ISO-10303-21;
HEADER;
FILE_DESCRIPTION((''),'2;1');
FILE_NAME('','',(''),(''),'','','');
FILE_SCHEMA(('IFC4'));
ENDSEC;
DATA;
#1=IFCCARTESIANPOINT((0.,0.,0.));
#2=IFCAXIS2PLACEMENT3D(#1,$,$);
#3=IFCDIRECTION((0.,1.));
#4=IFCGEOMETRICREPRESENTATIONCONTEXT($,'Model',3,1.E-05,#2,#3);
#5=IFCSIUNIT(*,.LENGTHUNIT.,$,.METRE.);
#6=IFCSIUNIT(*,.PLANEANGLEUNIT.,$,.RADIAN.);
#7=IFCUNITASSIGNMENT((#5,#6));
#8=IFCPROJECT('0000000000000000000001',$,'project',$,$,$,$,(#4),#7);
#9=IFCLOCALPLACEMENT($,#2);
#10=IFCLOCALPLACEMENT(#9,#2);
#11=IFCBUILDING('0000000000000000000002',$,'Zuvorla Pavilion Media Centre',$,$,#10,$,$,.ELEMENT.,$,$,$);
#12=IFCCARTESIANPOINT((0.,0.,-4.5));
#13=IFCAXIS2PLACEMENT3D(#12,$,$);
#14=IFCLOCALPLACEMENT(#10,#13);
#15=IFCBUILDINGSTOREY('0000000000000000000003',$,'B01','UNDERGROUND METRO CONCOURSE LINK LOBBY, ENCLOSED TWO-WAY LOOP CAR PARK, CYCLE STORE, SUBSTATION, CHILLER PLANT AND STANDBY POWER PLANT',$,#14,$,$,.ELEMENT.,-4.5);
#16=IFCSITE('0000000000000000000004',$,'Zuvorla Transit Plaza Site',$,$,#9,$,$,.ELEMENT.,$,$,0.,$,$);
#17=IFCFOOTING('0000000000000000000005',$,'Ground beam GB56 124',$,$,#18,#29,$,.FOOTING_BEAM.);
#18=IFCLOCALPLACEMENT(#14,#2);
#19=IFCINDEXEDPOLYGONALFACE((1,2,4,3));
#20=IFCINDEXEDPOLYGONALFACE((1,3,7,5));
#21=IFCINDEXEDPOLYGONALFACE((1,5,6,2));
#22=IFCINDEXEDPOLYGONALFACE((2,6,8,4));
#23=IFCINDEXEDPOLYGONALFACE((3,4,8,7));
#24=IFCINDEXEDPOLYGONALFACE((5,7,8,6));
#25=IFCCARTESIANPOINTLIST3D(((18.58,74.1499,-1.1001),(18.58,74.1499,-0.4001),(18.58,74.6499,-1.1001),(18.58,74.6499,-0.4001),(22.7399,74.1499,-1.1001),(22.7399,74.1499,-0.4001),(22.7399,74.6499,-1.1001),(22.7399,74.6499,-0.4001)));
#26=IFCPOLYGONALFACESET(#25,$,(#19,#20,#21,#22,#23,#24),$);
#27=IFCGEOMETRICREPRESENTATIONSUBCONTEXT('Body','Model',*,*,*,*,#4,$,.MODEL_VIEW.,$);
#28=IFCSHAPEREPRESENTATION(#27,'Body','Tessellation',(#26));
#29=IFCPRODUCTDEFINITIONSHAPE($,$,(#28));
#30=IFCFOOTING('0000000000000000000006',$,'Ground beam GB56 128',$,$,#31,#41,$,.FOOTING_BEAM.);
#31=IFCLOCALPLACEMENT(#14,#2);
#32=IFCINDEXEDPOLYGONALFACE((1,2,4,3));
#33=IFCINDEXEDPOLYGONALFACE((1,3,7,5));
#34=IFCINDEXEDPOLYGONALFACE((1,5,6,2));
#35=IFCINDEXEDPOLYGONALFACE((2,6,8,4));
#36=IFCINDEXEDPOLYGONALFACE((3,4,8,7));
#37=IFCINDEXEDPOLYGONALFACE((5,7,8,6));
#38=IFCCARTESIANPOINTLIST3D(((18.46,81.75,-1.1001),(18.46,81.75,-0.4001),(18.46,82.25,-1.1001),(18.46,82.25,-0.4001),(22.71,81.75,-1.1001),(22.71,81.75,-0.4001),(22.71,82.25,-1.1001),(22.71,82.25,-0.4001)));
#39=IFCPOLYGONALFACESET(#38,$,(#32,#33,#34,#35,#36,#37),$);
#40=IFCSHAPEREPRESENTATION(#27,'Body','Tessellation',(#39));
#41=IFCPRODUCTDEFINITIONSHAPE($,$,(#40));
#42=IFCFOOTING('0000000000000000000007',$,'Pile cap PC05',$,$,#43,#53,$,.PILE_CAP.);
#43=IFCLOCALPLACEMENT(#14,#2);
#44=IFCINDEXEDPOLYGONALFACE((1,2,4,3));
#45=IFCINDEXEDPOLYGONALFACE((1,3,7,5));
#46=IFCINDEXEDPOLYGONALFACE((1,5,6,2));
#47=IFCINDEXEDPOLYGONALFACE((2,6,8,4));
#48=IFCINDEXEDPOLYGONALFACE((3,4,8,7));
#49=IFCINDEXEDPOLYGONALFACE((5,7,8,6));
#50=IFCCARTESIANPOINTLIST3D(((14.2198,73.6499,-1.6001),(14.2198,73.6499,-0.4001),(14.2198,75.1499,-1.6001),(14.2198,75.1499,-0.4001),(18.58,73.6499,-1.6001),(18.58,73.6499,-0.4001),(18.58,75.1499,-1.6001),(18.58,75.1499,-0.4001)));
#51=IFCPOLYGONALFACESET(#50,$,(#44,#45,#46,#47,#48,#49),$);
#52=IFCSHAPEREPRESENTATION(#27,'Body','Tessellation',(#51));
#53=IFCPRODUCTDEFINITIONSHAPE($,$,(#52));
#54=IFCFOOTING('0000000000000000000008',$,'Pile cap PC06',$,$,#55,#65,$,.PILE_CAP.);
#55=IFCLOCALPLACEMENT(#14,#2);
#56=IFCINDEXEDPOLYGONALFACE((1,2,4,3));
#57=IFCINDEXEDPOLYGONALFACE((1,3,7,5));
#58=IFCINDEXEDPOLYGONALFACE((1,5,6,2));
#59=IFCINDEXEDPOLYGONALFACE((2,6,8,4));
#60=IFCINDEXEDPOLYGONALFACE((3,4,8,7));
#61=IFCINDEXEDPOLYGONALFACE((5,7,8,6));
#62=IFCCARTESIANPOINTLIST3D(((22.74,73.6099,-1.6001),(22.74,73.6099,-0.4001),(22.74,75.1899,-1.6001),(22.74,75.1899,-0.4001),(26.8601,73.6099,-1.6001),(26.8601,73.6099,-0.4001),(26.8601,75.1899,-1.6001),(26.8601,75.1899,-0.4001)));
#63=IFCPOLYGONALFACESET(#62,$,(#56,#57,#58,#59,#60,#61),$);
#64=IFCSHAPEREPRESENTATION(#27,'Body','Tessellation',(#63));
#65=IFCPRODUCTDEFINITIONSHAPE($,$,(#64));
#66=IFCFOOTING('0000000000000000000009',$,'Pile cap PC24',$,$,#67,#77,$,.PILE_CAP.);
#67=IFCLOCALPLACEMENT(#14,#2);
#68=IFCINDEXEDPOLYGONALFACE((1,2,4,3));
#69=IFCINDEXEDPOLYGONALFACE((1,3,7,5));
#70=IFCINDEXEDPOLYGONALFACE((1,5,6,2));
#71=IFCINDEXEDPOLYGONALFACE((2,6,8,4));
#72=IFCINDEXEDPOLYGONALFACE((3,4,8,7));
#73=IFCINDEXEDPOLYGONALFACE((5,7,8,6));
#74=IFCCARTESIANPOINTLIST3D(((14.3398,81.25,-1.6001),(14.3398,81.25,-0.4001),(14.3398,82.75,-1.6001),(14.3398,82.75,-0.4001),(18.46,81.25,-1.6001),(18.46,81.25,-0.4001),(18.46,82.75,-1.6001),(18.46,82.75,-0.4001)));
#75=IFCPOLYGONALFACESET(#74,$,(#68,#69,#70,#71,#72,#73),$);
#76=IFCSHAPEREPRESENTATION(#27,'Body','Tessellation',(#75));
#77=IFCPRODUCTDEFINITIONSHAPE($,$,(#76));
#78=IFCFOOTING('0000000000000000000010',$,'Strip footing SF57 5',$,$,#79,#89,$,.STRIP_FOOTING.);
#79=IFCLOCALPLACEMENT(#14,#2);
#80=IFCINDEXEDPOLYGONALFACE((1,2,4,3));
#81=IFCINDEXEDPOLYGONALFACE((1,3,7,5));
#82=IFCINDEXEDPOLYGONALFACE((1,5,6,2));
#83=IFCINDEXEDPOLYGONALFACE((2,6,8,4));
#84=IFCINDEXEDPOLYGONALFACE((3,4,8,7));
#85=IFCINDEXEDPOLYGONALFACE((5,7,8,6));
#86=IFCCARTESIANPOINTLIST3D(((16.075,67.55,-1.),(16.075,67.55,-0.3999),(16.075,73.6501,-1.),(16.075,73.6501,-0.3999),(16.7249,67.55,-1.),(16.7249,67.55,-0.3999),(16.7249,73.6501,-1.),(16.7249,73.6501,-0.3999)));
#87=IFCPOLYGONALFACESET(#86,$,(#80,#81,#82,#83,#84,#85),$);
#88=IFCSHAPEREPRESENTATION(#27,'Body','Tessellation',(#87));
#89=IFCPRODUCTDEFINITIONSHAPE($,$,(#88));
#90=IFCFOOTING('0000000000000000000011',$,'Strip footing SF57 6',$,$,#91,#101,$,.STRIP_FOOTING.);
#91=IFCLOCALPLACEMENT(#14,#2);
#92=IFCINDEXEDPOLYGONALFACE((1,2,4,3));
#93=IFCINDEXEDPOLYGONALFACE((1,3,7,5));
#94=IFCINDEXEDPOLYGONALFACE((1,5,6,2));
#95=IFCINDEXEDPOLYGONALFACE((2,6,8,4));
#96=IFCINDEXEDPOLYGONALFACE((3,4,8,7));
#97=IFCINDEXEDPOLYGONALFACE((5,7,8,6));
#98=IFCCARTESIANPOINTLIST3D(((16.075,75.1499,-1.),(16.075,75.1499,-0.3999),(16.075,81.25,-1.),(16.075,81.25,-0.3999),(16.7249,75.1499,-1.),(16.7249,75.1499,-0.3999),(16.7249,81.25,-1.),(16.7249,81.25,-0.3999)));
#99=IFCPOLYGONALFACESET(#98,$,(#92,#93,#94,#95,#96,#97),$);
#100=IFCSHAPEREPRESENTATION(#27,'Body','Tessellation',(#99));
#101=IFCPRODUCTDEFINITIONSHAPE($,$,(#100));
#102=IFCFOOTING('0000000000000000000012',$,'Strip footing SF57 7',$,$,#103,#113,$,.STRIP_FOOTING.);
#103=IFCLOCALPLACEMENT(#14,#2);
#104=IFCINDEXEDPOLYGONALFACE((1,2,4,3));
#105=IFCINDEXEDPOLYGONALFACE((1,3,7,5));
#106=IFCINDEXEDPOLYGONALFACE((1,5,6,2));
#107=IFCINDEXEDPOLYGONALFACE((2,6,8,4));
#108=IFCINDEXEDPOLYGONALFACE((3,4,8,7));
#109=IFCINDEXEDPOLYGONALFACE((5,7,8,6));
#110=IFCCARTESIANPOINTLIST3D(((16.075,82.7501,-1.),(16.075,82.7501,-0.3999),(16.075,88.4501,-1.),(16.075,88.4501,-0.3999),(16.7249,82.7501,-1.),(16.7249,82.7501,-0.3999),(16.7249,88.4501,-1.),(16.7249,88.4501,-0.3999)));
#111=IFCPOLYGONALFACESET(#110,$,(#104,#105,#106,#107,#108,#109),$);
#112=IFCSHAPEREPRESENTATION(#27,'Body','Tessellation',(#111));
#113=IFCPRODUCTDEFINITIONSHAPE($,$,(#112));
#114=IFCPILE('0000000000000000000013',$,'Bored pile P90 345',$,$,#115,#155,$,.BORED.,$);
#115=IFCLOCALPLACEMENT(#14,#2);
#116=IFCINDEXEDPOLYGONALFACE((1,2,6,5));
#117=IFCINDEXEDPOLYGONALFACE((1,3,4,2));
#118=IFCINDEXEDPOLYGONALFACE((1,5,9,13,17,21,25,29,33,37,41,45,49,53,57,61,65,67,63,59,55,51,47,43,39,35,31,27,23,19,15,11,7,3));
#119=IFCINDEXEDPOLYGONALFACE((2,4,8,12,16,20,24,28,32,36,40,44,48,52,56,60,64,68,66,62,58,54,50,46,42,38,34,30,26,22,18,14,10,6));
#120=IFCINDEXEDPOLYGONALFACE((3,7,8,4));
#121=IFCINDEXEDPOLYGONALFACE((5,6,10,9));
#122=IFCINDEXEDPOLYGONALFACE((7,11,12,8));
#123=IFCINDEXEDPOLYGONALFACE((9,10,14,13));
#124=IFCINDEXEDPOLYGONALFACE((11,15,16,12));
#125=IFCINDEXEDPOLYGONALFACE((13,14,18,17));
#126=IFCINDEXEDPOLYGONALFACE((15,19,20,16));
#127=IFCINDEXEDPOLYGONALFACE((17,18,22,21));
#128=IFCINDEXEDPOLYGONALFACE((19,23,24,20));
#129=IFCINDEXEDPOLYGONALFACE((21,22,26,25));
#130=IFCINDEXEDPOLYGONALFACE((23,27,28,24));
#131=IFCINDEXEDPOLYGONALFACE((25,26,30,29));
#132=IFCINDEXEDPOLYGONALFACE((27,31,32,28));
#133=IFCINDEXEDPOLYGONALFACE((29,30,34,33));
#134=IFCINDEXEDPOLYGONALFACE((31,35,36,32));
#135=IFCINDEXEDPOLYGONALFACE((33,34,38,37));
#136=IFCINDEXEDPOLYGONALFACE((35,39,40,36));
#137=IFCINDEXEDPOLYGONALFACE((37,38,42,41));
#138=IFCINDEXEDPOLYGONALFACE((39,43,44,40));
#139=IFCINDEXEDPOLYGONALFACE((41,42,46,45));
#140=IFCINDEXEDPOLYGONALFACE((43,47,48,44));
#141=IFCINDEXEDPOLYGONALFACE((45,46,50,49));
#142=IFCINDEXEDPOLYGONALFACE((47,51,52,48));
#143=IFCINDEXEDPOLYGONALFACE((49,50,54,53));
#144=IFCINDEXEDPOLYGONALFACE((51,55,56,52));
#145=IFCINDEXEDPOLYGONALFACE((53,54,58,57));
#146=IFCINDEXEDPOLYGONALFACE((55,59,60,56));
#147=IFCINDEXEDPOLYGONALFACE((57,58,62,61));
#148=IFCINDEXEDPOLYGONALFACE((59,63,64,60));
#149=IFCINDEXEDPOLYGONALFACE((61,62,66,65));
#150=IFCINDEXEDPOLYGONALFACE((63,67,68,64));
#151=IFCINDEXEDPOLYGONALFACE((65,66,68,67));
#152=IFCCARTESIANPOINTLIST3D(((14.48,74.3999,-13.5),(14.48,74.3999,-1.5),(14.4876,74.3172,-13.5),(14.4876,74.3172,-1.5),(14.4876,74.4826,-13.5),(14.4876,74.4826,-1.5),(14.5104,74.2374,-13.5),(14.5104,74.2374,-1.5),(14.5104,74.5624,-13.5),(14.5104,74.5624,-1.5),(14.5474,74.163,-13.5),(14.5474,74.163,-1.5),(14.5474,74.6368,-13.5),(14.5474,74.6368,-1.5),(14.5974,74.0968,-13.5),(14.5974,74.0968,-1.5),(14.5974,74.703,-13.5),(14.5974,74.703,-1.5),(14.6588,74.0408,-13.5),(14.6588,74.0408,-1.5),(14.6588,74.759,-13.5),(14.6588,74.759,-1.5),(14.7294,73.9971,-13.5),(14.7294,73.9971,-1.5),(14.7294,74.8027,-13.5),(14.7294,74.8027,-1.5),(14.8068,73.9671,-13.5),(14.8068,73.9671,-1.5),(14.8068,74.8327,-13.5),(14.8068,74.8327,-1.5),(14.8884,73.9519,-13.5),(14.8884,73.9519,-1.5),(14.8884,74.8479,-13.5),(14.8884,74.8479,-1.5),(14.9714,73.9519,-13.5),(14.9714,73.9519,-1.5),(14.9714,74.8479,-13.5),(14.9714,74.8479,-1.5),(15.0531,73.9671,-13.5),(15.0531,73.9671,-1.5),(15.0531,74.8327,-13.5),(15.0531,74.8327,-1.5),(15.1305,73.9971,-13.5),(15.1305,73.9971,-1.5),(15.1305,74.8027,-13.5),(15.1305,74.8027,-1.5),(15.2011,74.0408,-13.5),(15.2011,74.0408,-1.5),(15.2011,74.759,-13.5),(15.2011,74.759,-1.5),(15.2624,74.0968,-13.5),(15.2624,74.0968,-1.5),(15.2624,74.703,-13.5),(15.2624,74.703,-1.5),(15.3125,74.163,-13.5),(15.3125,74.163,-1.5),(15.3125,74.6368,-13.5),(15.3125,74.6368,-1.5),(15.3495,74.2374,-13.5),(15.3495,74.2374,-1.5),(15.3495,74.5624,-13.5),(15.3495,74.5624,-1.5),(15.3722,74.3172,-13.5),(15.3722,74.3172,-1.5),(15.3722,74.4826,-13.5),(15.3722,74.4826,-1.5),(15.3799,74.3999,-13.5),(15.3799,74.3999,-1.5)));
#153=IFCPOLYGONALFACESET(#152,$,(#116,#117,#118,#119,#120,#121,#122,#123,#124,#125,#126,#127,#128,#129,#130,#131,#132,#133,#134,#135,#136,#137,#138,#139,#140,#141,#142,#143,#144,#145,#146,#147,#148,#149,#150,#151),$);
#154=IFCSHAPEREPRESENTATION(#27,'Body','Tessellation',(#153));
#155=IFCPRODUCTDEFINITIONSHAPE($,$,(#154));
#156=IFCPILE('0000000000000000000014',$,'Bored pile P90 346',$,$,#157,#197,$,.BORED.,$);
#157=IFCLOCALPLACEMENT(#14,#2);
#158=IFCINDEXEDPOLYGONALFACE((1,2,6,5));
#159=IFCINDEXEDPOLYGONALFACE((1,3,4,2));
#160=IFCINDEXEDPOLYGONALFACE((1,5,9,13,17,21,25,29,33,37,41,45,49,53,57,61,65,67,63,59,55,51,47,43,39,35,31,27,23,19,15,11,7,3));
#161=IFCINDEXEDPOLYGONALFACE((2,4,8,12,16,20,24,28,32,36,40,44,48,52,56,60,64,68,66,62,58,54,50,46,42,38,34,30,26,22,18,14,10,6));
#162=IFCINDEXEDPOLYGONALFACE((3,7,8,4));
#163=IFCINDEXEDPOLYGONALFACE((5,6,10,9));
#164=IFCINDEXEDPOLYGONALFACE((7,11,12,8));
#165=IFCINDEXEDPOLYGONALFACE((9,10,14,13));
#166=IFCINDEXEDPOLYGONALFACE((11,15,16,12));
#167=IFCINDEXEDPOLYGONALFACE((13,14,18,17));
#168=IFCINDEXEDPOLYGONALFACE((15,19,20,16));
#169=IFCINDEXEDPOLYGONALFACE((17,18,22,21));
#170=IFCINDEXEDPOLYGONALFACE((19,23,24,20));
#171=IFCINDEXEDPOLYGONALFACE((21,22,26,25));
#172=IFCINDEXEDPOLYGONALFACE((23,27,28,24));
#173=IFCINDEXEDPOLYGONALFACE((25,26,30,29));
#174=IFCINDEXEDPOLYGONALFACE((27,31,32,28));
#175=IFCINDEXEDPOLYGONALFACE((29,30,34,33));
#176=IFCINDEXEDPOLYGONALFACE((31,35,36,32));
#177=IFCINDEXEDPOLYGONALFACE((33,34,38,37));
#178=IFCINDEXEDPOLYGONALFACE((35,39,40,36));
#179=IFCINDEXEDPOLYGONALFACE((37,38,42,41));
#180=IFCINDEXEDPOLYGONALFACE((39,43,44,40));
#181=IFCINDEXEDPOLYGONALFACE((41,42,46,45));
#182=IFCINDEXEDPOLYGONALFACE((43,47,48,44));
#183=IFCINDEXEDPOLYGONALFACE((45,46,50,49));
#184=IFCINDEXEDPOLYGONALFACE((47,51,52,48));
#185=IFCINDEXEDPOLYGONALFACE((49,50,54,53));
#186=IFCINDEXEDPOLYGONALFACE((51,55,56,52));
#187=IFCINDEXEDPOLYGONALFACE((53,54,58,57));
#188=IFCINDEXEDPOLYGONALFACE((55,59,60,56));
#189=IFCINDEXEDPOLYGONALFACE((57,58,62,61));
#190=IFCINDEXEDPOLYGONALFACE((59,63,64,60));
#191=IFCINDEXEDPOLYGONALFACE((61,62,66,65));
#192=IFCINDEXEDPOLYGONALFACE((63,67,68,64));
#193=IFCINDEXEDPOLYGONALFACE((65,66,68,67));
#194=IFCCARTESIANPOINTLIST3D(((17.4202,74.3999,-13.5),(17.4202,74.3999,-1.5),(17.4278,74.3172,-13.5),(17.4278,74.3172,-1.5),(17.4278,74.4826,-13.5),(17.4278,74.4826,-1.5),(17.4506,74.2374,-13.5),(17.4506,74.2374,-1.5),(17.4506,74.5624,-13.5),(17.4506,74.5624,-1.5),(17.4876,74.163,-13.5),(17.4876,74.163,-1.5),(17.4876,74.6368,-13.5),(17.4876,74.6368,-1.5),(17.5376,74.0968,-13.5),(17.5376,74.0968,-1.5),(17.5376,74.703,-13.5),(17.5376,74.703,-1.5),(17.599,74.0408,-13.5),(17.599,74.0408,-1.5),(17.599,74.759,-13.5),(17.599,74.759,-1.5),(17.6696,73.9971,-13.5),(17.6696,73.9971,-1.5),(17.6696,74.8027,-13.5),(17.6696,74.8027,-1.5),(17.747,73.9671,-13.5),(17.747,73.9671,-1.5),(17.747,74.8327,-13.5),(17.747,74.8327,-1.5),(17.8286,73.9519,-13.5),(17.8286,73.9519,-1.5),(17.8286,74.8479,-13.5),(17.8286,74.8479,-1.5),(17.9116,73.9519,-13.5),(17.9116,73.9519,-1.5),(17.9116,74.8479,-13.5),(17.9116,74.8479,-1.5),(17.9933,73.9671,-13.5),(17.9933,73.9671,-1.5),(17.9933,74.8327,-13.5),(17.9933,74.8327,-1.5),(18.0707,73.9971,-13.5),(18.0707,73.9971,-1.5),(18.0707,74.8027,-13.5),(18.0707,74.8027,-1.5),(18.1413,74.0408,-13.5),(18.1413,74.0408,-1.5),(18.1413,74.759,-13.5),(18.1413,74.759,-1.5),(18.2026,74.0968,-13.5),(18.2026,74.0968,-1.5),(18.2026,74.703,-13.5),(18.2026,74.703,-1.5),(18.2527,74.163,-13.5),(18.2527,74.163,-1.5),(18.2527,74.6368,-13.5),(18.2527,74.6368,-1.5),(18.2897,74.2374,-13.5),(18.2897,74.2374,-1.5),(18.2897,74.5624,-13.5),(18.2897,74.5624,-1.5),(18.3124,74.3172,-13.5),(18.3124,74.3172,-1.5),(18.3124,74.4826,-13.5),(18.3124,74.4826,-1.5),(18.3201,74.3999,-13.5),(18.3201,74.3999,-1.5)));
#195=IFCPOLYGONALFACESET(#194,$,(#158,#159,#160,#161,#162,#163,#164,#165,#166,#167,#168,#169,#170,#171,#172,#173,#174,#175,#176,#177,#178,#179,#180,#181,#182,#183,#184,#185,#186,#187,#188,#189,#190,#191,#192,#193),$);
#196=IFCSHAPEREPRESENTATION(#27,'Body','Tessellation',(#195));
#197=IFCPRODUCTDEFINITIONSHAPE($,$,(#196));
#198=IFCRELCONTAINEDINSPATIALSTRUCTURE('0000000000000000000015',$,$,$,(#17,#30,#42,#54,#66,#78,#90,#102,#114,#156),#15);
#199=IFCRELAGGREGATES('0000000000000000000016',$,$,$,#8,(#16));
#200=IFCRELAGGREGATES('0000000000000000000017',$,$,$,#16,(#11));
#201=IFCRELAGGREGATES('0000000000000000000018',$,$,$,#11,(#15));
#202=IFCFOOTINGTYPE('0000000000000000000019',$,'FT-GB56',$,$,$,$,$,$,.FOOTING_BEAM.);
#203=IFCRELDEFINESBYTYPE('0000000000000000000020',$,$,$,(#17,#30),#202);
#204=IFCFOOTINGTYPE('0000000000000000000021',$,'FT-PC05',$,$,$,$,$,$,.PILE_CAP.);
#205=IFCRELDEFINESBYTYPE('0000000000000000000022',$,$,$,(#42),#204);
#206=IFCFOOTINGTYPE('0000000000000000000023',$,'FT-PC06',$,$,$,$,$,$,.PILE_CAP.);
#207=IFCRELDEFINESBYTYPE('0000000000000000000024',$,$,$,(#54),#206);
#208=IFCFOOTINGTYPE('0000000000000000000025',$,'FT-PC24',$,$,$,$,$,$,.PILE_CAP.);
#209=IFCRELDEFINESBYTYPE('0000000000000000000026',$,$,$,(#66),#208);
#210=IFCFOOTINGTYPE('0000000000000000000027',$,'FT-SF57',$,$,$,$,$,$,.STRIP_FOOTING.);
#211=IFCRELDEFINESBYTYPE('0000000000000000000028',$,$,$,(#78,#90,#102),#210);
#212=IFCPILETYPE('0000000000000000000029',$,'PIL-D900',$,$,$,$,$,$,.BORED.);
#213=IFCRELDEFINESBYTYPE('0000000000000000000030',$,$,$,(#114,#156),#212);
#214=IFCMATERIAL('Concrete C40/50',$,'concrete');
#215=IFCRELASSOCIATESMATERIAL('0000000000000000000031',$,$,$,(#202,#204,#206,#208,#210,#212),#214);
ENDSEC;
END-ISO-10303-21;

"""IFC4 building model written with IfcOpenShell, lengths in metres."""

from ifc_helpers import new_model, si_unit, direction, frame, origin, origin_2d, place, context, subcontext, project, spatial, rectangle, circle, extrude, material, material_profile, profile_set, type_object, element, save


model = new_model("IFC4")

# Units and contexts
model_context = context("Model", 3, precision=1e-05, world=origin(), true_north=direction((0.0, 1.0)))
body_context = subcontext(model_context, "Body", "Model", "MODEL_VIEW")
ifc_project = project(units=[si_unit("LENGTHUNIT", "METRE"), si_unit("PLANEANGLEUNIT", "RADIAN")], contexts=[model_context])

# Site, building, storey
site_placement = place(None, origin())
site = spatial("IfcSite", under=ifc_project, at=site_placement, Name="Zuvorla Transit Plaza Site", CompositionType="ELEMENT", RefElevation=0.0)
building_placement = place(site_placement, origin())
building = spatial("IfcBuilding", under=site, at=building_placement, Name="Zuvorla Pavilion Media Centre", CompositionType="ELEMENT")
storey_placement = place(building_placement, frame((0.0, 0.0, -4.5)))
storey = spatial("IfcBuildingStorey", under=building, at=storey_placement, Name="B01", Description="UNDERGROUND METRO CONCOURSE LINK LOBBY, ENCLOSED TWO-WAY LOOP CAR PARK, CYCLE STORE, SUBSTATION, CHILLER PLANT AND STANDBY POWER PLANT", CompositionType="ELEMENT", Elevation=-4.5)

# Footings
ifc_material_1 = material(Name="Concrete C40/50", Category="concrete")
footing_type_1 = type_object("IfcFootingType", Name="FT-GB56", PredefinedType="FOOTING_BEAM", material=ifc_material_1)
footing_1_placement = place(storey_placement, frame((20.6599, 74.3999, -1.1001), z_axis=(0.0, 0.0, 1.0), x_axis=(1.0, 0.0, 0.0)))
element("IfcFooting", 1, at=footing_1_placement, inside=storey, type_object=footing_type_1, Name="Ground beam GB56 124", PredefinedType="FOOTING_BEAM", context=body_context, shape_type="SweptSolid", body=[
    extrude(rectangle(XDim=4.1599, YDim=0.5, at=origin_2d()), origin(), (0.0, 0.0, 1.0), 0.7),
])
footing_2_placement = place(storey_placement, frame((20.585, 82.0, -1.1001), z_axis=(0.0, 0.0, 1.0), x_axis=(1.0, 0.0, 0.0)))
element("IfcFooting", 2, at=footing_2_placement, inside=storey, type_object=footing_type_1, Name="Ground beam GB56 128", PredefinedType="FOOTING_BEAM", context=body_context, shape_type="SweptSolid", body=[
    extrude(rectangle(XDim=4.25, YDim=0.5, at=origin_2d()), origin(), (0.0, 0.0, 1.0), 0.7),
])
footing_type_2 = type_object("IfcFootingType", Name="FT-PC05", PredefinedType="PILE_CAP", material=ifc_material_1)
footing_3_placement = place(storey_placement, frame((16.3999, 74.3999, -1.6001), z_axis=(0.0, 0.0, 1.0), x_axis=(1.0, 0.0, 0.0)))
element("IfcFooting", 3, at=footing_3_placement, inside=storey, type_object=footing_type_2, Name="Pile cap PC05", PredefinedType="PILE_CAP", context=body_context, shape_type="SweptSolid", body=[
    extrude(rectangle(XDim=4.3601, YDim=1.5, at=origin_2d()), origin(), (0.0, 0.0, 1.0), 1.2),
])
footing_type_3 = type_object("IfcFootingType", Name="FT-PC06", PredefinedType="PILE_CAP", material=ifc_material_1)
footing_4_placement = place(storey_placement, frame((24.8, 74.3999, -1.6001), z_axis=(0.0, 0.0, 1.0), x_axis=(1.0, 0.0, 0.0)))
element("IfcFooting", 4, at=footing_4_placement, inside=storey, type_object=footing_type_3, Name="Pile cap PC06", PredefinedType="PILE_CAP", context=body_context, shape_type="SweptSolid", body=[
    extrude(rectangle(XDim=4.1201, YDim=1.5801, at=origin_2d()), origin(), (0.0, 0.0, 1.0), 1.2),
])
footing_type_4 = type_object("IfcFootingType", Name="FT-PC24", PredefinedType="PILE_CAP", material=ifc_material_1)
footing_5_placement = place(storey_placement, frame((16.3999, 82.0, -1.6001), z_axis=(0.0, 0.0, 1.0), x_axis=(1.0, 0.0, 0.0)))
element("IfcFooting", 5, at=footing_5_placement, inside=storey, type_object=footing_type_4, Name="Pile cap PC24", PredefinedType="PILE_CAP", context=body_context, shape_type="SweptSolid", body=[
    extrude(rectangle(XDim=4.1201, YDim=1.5, at=origin_2d()), origin(), (0.0, 0.0, 1.0), 1.2),
])
footing_type_5 = type_object("IfcFootingType", Name="FT-SF57", PredefinedType="STRIP_FOOTING", material=ifc_material_1)
for number, where, z_axis, x_axis, name in (
    (6, (16.3999, 70.6001, -1.0), (0.0, 0.0, 1.0), (0.0, 1.0, 0.0), "Strip footing SF57 5"),
    (7, (16.3999, 78.2, -1.0), (0.0, 0.0, 1.0), (0.0, 1.0, 0.0), "Strip footing SF57 6"),
):
    element("IfcFooting", number, at=place(storey_placement, frame(where, z_axis=z_axis, x_axis=x_axis)), inside=storey, type_object=footing_type_5, Name=name, PredefinedType="STRIP_FOOTING", context=body_context, shape_type="SweptSolid", body=[
        extrude(rectangle(XDim=6.1001, YDim=0.6499, at=origin_2d()), origin(), (0.0, 0.0, 1.0), 0.6001),
    ])
footing_6_placement = place(storey_placement, frame((16.3999, 85.6001, -1.0), z_axis=(0.0, 0.0, 1.0), x_axis=(0.0, 1.0, 0.0)))
element("IfcFooting", 8, at=footing_6_placement, inside=storey, type_object=footing_type_5, Name="Strip footing SF57 7", PredefinedType="STRIP_FOOTING", context=body_context, shape_type="SweptSolid", body=[
    extrude(rectangle(XDim=5.7, YDim=0.6499, at=origin_2d()), origin(), (0.0, 0.0, 1.0), 0.6001),
])

# Piles
ifc_material_profile_1 = material_profile(ifc_material_1, circle(Radius=0.45, at=origin_2d()), Name="BORED PILE 900")
ifc_profile_set_1 = profile_set([ifc_material_profile_1], Name="Concrete C40/50")
pile_type = type_object("IfcPileType", Name="PIL-D900", PredefinedType="BORED", material=ifc_profile_set_1)
for number, where, z_axis, x_axis, name in (
    (9, (14.9299, 74.3999, -1.5), (0.0, 0.0, -1.0), (1.0, 0.0, 0.0), "Bored pile P90 345"),
    (10, (17.8701, 74.3999, -1.5), (0.0, 0.0, -1.0), (1.0, 0.0, 0.0), "Bored pile P90 346"),
):
    element("IfcPile", number, at=place(storey_placement, frame(where, z_axis=z_axis, x_axis=x_axis)), inside=storey, type_object=pile_type, Name=name, PredefinedType="BORED", context=body_context, shape_type="SweptSolid", body=[
        extrude(circle(Radius=0.45, at=origin_2d()), origin(), (0.0, 0.0, 1.0), 12.0),
    ])

save(model, "model.ifc")
